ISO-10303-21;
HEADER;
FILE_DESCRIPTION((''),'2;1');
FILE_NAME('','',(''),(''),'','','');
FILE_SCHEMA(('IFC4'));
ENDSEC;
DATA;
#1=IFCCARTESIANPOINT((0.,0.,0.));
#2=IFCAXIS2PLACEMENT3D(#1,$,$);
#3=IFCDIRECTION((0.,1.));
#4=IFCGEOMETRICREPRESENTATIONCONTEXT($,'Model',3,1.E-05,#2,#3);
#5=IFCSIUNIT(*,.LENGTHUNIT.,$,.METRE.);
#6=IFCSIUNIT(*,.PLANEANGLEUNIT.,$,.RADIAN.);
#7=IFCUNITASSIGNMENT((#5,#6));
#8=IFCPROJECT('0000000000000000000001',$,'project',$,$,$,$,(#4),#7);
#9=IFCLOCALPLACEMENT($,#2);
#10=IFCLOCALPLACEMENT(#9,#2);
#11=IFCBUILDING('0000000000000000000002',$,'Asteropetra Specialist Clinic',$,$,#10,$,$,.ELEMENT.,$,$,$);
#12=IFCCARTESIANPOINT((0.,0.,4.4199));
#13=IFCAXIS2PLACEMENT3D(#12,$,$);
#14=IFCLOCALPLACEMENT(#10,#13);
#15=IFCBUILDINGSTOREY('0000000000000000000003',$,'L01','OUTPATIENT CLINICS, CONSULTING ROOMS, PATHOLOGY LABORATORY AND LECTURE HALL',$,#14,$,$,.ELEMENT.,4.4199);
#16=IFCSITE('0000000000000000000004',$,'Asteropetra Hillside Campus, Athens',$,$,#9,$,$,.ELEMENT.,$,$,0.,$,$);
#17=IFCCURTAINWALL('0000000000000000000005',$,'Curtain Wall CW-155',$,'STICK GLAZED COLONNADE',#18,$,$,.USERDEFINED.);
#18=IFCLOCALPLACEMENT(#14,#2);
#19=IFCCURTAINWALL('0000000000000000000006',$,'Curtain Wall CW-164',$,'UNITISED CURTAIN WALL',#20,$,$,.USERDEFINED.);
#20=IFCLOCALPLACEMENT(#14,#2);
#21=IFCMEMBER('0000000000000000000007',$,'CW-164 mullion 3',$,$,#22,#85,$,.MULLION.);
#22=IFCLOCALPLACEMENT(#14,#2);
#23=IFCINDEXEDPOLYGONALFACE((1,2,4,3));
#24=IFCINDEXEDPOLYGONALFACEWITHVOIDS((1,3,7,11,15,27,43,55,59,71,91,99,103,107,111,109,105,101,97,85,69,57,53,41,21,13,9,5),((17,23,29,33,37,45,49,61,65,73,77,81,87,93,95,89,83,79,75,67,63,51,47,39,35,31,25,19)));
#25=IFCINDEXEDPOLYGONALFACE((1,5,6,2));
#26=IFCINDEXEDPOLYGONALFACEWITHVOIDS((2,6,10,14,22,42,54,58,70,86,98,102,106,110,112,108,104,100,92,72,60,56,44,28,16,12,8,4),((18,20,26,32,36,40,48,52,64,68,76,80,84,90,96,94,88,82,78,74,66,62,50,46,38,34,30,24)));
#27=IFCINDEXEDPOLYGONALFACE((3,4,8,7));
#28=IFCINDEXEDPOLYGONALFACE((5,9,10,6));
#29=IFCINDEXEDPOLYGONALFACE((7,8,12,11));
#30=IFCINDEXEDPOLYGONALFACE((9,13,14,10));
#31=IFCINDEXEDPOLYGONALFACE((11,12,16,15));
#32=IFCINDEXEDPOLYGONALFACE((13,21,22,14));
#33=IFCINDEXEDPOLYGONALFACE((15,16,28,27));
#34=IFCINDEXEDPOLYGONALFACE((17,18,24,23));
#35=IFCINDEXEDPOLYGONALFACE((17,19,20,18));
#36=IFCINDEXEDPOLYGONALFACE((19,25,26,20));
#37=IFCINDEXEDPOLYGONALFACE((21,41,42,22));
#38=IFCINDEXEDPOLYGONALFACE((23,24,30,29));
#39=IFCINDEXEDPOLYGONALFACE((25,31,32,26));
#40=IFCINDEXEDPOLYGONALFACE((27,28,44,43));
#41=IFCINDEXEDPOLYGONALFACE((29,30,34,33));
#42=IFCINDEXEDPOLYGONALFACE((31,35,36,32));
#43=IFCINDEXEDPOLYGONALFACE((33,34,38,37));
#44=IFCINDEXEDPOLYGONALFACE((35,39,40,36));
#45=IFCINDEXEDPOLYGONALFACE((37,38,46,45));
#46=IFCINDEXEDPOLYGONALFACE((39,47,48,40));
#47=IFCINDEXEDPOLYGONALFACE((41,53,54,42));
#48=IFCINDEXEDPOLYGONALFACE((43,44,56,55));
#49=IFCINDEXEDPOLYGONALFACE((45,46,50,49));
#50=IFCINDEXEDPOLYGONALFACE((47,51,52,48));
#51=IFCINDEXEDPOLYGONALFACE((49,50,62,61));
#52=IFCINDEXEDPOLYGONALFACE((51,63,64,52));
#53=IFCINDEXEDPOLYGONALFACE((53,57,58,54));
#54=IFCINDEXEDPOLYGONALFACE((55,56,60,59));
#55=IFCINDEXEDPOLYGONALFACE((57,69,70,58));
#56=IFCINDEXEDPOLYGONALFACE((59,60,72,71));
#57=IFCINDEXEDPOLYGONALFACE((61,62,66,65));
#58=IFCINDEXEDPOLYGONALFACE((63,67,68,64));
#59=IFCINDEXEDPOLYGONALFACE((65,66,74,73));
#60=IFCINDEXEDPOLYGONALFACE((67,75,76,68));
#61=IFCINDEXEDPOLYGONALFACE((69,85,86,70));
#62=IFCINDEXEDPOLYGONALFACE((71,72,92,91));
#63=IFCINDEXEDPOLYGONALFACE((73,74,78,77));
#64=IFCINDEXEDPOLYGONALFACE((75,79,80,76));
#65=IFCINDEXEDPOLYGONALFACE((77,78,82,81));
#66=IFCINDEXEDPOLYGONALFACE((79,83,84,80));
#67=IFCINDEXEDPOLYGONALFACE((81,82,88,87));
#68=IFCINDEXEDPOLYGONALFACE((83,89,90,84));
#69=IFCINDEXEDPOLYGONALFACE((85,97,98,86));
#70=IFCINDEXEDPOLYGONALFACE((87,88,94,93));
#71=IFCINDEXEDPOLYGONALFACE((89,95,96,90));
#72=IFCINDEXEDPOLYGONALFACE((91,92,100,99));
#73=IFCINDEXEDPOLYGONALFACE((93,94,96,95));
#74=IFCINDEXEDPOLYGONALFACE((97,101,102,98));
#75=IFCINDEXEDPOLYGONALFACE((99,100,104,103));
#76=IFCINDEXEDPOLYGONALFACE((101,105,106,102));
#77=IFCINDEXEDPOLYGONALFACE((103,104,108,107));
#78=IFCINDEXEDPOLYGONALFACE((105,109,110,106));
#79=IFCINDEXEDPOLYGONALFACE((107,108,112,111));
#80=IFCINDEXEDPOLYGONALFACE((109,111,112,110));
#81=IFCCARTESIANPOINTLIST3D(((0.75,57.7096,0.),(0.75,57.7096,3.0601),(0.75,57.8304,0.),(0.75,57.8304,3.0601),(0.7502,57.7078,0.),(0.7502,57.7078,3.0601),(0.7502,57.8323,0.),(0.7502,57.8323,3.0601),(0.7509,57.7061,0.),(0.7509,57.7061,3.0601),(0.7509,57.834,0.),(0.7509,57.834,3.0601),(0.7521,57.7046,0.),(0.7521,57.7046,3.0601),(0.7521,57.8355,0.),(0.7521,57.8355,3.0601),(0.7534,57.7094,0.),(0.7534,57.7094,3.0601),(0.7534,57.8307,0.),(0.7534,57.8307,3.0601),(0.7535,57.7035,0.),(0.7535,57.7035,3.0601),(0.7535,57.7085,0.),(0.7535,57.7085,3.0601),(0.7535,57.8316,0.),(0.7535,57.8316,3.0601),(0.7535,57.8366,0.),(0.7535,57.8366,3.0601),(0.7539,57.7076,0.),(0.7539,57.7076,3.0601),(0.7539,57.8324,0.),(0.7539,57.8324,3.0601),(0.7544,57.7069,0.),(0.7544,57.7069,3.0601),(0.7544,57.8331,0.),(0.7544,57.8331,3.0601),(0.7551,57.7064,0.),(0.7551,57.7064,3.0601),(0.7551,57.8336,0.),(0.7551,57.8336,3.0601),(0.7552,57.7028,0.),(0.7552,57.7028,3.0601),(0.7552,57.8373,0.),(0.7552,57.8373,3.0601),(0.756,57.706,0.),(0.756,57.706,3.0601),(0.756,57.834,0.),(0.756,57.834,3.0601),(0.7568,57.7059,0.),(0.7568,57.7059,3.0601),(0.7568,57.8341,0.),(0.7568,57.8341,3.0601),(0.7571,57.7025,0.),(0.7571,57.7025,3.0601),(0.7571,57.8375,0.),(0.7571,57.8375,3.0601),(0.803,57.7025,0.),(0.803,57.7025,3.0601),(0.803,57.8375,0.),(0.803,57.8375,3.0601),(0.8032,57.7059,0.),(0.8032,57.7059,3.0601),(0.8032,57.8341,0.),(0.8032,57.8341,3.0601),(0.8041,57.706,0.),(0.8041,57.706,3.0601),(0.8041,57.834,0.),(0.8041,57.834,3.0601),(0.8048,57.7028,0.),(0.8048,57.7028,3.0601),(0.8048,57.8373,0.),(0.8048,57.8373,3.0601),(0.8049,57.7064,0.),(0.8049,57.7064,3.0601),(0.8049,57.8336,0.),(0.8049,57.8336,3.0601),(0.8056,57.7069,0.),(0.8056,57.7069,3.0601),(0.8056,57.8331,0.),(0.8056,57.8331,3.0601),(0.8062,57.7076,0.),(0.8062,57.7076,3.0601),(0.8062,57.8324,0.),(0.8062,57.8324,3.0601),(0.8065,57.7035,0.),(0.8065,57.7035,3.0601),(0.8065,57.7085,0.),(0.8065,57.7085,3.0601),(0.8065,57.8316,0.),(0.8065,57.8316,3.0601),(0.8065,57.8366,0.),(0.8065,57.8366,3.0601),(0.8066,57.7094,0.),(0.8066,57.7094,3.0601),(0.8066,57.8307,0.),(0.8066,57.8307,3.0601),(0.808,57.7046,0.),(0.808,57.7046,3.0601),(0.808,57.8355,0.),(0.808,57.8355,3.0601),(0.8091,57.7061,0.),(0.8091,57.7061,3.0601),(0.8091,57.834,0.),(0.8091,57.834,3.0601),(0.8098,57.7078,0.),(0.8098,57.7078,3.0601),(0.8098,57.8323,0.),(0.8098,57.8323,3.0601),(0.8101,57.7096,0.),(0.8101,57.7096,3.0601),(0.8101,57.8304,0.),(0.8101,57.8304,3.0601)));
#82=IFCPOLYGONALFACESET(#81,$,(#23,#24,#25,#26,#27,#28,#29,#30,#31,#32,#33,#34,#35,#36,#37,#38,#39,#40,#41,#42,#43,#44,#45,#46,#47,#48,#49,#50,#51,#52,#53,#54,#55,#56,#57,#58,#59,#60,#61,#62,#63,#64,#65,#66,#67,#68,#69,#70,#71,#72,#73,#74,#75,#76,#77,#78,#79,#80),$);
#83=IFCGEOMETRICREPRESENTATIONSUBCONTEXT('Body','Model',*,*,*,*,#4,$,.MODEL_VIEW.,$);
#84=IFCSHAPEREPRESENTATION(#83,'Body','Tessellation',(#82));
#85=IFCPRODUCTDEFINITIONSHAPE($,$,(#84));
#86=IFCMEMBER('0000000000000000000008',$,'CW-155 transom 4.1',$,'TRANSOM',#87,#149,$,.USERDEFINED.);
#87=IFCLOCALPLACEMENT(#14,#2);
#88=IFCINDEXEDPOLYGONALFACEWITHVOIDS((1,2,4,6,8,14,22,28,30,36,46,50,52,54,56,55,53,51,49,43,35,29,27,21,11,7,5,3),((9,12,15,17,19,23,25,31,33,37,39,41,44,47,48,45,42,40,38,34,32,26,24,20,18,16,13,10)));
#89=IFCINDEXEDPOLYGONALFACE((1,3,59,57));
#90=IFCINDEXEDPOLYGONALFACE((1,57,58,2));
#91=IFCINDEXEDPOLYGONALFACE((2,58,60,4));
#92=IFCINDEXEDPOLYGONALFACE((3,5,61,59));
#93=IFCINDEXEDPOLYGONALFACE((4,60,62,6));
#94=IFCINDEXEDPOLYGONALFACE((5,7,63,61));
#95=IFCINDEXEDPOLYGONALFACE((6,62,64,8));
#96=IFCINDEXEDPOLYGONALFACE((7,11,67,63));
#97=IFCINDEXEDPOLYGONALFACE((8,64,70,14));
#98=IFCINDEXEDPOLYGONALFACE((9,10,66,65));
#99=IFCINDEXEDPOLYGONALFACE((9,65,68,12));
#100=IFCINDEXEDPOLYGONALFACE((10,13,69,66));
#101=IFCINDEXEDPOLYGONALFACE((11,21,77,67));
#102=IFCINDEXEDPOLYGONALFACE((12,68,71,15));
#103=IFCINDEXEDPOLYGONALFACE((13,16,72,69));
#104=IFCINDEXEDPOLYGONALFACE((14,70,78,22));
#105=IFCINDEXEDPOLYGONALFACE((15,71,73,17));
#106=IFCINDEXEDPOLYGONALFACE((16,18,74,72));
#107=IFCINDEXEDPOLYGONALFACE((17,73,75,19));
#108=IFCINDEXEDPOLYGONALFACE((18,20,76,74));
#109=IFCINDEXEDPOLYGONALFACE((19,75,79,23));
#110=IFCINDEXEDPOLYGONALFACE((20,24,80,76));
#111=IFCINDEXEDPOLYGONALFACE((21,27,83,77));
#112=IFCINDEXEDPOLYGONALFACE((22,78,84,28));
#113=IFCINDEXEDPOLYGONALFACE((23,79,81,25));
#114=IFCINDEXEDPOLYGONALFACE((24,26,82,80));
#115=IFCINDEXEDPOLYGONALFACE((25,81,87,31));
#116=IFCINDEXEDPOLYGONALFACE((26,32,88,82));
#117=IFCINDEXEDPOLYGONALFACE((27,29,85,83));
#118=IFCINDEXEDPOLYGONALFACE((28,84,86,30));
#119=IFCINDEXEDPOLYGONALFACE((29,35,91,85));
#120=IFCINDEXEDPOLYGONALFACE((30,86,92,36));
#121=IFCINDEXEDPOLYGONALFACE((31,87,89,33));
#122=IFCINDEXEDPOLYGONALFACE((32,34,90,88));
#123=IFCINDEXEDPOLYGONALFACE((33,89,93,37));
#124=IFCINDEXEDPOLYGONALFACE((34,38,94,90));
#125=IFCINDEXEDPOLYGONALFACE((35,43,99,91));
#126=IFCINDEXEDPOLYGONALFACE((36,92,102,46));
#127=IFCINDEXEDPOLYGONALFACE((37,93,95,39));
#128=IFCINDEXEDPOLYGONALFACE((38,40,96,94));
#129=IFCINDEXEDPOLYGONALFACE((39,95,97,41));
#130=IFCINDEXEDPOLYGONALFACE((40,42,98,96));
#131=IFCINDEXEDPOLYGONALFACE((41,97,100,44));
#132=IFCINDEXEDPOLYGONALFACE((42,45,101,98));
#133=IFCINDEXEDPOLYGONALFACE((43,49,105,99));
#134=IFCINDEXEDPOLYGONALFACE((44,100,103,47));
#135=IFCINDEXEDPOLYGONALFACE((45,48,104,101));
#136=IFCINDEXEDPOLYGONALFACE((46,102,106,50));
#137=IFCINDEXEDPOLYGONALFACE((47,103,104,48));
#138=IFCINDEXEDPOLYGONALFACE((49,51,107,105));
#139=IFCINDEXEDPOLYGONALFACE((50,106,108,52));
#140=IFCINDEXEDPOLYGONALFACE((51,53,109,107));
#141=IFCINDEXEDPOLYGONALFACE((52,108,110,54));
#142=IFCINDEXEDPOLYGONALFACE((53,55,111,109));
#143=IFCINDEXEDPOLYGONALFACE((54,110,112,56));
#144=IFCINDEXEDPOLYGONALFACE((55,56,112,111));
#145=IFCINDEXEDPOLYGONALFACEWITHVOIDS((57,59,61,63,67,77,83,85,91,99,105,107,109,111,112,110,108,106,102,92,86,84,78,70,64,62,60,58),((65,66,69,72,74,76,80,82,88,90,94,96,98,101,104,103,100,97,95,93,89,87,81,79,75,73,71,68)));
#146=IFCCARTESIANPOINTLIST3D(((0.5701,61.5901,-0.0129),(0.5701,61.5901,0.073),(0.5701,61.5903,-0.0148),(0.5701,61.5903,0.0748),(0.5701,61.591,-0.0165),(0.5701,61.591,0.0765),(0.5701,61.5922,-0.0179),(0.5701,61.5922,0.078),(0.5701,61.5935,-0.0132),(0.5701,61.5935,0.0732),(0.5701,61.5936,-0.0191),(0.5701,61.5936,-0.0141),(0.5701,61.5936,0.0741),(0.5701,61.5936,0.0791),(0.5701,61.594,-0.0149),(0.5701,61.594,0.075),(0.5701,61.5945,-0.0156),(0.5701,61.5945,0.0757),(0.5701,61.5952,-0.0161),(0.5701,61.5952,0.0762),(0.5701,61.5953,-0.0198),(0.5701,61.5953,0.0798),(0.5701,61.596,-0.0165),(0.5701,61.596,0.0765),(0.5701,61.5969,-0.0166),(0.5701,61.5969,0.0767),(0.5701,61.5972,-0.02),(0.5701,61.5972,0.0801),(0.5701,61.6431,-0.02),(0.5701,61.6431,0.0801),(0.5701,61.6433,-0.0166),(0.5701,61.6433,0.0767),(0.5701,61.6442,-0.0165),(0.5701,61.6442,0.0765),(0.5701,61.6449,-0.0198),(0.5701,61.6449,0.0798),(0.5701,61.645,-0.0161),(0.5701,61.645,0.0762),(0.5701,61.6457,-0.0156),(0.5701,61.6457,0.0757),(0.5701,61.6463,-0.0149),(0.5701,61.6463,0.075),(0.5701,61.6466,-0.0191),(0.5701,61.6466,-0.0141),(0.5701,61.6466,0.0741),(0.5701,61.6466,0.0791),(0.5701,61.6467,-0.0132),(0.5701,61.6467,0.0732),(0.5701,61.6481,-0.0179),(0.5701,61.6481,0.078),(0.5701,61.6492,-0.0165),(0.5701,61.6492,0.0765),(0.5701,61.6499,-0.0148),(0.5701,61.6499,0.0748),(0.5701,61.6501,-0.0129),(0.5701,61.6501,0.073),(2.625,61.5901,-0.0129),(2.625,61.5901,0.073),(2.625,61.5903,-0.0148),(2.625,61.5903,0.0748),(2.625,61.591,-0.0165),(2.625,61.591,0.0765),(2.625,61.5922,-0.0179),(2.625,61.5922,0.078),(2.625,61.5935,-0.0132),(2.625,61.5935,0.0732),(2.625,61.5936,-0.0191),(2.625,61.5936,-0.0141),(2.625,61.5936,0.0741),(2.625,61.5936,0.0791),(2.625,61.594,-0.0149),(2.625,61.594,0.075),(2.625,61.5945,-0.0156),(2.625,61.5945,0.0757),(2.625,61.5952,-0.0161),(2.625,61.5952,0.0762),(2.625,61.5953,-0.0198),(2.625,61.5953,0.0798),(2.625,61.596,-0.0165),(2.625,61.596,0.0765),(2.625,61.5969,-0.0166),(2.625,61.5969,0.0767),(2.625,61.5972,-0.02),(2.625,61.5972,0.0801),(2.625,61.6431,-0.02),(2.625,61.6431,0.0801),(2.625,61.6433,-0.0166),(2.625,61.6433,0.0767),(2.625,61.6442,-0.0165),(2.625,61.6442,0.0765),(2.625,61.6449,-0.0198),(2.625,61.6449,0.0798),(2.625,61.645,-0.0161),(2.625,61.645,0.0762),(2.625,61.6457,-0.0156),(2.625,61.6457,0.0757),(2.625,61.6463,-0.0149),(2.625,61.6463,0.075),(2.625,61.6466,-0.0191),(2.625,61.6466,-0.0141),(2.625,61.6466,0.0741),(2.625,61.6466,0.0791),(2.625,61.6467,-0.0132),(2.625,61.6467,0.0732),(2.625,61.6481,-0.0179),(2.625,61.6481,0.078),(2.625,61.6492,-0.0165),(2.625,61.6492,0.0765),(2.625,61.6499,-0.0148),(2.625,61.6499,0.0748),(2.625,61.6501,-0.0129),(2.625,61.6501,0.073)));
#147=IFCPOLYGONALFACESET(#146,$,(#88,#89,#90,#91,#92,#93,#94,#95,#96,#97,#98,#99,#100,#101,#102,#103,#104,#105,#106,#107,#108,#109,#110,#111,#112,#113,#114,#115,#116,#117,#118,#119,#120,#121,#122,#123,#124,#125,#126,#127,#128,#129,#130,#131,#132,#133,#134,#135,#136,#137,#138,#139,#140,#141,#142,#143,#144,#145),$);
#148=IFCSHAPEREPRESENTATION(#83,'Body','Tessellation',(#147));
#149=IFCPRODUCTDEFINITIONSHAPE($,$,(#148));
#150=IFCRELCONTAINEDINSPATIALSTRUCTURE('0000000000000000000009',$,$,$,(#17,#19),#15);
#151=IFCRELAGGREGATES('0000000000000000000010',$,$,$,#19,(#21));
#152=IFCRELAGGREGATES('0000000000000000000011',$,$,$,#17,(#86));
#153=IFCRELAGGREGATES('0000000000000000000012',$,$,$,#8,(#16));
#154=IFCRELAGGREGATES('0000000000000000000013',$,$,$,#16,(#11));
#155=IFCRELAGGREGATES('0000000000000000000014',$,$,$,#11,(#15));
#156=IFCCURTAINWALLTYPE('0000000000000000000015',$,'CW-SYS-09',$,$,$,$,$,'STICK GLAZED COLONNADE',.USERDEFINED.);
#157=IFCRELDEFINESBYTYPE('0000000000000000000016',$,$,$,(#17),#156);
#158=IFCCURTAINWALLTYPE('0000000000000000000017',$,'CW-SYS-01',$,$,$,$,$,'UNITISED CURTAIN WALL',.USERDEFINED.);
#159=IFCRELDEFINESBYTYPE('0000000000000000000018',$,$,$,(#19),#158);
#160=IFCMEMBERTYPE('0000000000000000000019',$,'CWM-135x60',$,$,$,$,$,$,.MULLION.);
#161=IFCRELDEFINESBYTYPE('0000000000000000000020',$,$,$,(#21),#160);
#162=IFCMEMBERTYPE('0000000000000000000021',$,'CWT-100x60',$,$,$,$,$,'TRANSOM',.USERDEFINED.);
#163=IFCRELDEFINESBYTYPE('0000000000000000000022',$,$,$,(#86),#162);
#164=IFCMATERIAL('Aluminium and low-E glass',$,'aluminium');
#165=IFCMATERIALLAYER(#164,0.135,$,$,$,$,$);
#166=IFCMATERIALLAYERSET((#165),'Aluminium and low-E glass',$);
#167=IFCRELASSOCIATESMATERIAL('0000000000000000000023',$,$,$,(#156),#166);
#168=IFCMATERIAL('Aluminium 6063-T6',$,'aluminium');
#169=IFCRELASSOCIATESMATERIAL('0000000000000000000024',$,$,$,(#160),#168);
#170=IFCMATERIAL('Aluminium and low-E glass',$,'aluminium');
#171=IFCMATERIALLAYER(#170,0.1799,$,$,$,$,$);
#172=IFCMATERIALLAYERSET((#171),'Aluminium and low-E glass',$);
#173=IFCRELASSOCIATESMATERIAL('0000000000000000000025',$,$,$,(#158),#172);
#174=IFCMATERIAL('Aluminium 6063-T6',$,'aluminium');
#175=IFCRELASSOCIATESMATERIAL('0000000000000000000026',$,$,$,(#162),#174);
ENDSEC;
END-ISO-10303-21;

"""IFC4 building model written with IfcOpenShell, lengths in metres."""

from ifc_helpers import new_model, si_unit, direction, frame, origin, origin_2d, place, context, subcontext, project, spatial, hollow_rectangle, extrude, material, layer, layer_set, material_profile, profile_set, type_object, element, aggregate, save


model = new_model("IFC4")

# Units and contexts
model_context = context("Model", 3, precision=1e-05, world=origin(), true_north=direction((0.0, 1.0)))
body_context = subcontext(model_context, "Body", "Model", "MODEL_VIEW")
ifc_project = project(units=[si_unit("LENGTHUNIT", "METRE"), si_unit("PLANEANGLEUNIT", "RADIAN")], contexts=[model_context])

# Site, building, storey
site_placement = place(None, origin())
site = spatial("IfcSite", under=ifc_project, at=site_placement, Name="Asteropetra Hillside Campus, Athens", CompositionType="ELEMENT", RefElevation=0.0)
building_placement = place(site_placement, origin())
building = spatial("IfcBuilding", under=site, at=building_placement, Name="Asteropetra Specialist Clinic", CompositionType="ELEMENT")
storey_placement = place(building_placement, frame((0.0, 0.0, 4.4199)))
storey = spatial("IfcBuildingStorey", under=building, at=storey_placement, Name="L01", Description="OUTPATIENT CLINICS, CONSULTING ROOMS, PATHOLOGY LABORATORY AND LECTURE HALL", CompositionType="ELEMENT", Elevation=4.4199)

# Curtain wall
ifc_material_1 = material(Name="Aluminium and low-E glass", Category="aluminium")
ifc_layer_1 = layer(ifc_material_1, 0.135)
ifc_layer_set_1 = layer_set([ifc_layer_1], Name="Aluminium and low-E glass")
curtain_wall_type_1 = type_object("IfcCurtainWallType", Name="CW-SYS-09", ElementType="STICK GLAZED COLONNADE", PredefinedType="USERDEFINED", material=ifc_layer_set_1)
curtain_wall_1_placement = place(storey_placement, origin())
curtain_wall_1 = element("IfcCurtainWall", 1, at=curtain_wall_1_placement, inside=storey, type_object=curtain_wall_type_1, Name="Curtain Wall CW-155", ObjectType="STICK GLAZED COLONNADE", PredefinedType="USERDEFINED")
ifc_material_2 = material(Name="Aluminium 6063-T6", Category="aluminium")
ifc_material_profile_1 = material_profile(ifc_material_2, hollow_rectangle(XDim=0.0601, YDim=0.135, WallThickness=0.0034, InnerFilletRadius=0.0034, OuterFilletRadius=0.0071, at=origin_2d()), Name="MUL 135x60x3.5")
ifc_profile_set_1 = profile_set([ifc_material_profile_1], Name="Aluminium 6063-T6")
member_type_1 = type_object("IfcMemberType", Name="CWM-135x60", PredefinedType="MULLION", material=ifc_profile_set_1)

# Curtain wall, member
ifc_material_3 = material(Name="Aluminium and low-E glass", Category="aluminium")
ifc_layer_2 = layer(ifc_material_3, 0.1799)
ifc_layer_set_2 = layer_set([ifc_layer_2], Name="Aluminium and low-E glass")
curtain_wall_type_2 = type_object("IfcCurtainWallType", Name="CW-SYS-01", ElementType="UNITISED CURTAIN WALL", PredefinedType="USERDEFINED", material=ifc_layer_set_2)
curtain_wall_2_placement = place(storey_placement, origin())
curtain_wall_2 = element("IfcCurtainWall", 2, at=curtain_wall_2_placement, inside=storey, type_object=curtain_wall_type_2, Name="Curtain Wall CW-164", ObjectType="UNITISED CURTAIN WALL", PredefinedType="USERDEFINED")
member_1_placement = place(storey_placement, frame((0.78, 57.77, 0.0), z_axis=(0.0, 0.0, 1.0), x_axis=(1.0, 0.0, 0.0)))
member_1 = element("IfcMember", 3, at=member_1_placement, type_object=member_type_1, Name="CW-164 mullion 3", PredefinedType="MULLION", context=body_context, shape_type="SweptSolid", body=[
    extrude(hollow_rectangle(XDim=0.0601, YDim=0.135, WallThickness=0.0034, InnerFilletRadius=0.0034, OuterFilletRadius=0.0071, at=origin_2d()), origin(), (0.0, 0.0, 1.0), 3.0601),
])

# Member
ifc_material_4 = material(Name="Aluminium 6063-T6", Category="aluminium")
ifc_material_profile_2 = material_profile(ifc_material_4, hollow_rectangle(XDim=0.0601, YDim=0.1001, WallThickness=0.0034, InnerFilletRadius=0.0034, OuterFilletRadius=0.0071, at=origin_2d()), Name="TRN 100x60x3.5")
ifc_profile_set_2 = profile_set([ifc_material_profile_2], Name="Aluminium 6063-T6")
member_type_2 = type_object("IfcMemberType", Name="CWT-100x60", ElementType="TRANSOM", PredefinedType="USERDEFINED", material=ifc_profile_set_2)
member_2_placement = place(storey_placement, frame((2.625, 61.6201, 0.03), z_axis=(-1.0, 0.0, 0.0), x_axis=(0.0, -1.0, 0.0)))
member_2 = element("IfcMember", 4, at=member_2_placement, type_object=member_type_2, Name="CW-155 transom 4.1", ObjectType="TRANSOM", PredefinedType="USERDEFINED", context=body_context, shape_type="SweptSolid", body=[
    extrude(hollow_rectangle(XDim=0.0601, YDim=0.1001, WallThickness=0.0034, InnerFilletRadius=0.0034, OuterFilletRadius=0.0071, at=origin_2d()), origin(), (0.0, 0.0, 1.0), 2.0549),
])

aggregate(curtain_wall_2, [member_1])
aggregate(curtain_wall_1, [member_2])

save(model, "model.ifc")
